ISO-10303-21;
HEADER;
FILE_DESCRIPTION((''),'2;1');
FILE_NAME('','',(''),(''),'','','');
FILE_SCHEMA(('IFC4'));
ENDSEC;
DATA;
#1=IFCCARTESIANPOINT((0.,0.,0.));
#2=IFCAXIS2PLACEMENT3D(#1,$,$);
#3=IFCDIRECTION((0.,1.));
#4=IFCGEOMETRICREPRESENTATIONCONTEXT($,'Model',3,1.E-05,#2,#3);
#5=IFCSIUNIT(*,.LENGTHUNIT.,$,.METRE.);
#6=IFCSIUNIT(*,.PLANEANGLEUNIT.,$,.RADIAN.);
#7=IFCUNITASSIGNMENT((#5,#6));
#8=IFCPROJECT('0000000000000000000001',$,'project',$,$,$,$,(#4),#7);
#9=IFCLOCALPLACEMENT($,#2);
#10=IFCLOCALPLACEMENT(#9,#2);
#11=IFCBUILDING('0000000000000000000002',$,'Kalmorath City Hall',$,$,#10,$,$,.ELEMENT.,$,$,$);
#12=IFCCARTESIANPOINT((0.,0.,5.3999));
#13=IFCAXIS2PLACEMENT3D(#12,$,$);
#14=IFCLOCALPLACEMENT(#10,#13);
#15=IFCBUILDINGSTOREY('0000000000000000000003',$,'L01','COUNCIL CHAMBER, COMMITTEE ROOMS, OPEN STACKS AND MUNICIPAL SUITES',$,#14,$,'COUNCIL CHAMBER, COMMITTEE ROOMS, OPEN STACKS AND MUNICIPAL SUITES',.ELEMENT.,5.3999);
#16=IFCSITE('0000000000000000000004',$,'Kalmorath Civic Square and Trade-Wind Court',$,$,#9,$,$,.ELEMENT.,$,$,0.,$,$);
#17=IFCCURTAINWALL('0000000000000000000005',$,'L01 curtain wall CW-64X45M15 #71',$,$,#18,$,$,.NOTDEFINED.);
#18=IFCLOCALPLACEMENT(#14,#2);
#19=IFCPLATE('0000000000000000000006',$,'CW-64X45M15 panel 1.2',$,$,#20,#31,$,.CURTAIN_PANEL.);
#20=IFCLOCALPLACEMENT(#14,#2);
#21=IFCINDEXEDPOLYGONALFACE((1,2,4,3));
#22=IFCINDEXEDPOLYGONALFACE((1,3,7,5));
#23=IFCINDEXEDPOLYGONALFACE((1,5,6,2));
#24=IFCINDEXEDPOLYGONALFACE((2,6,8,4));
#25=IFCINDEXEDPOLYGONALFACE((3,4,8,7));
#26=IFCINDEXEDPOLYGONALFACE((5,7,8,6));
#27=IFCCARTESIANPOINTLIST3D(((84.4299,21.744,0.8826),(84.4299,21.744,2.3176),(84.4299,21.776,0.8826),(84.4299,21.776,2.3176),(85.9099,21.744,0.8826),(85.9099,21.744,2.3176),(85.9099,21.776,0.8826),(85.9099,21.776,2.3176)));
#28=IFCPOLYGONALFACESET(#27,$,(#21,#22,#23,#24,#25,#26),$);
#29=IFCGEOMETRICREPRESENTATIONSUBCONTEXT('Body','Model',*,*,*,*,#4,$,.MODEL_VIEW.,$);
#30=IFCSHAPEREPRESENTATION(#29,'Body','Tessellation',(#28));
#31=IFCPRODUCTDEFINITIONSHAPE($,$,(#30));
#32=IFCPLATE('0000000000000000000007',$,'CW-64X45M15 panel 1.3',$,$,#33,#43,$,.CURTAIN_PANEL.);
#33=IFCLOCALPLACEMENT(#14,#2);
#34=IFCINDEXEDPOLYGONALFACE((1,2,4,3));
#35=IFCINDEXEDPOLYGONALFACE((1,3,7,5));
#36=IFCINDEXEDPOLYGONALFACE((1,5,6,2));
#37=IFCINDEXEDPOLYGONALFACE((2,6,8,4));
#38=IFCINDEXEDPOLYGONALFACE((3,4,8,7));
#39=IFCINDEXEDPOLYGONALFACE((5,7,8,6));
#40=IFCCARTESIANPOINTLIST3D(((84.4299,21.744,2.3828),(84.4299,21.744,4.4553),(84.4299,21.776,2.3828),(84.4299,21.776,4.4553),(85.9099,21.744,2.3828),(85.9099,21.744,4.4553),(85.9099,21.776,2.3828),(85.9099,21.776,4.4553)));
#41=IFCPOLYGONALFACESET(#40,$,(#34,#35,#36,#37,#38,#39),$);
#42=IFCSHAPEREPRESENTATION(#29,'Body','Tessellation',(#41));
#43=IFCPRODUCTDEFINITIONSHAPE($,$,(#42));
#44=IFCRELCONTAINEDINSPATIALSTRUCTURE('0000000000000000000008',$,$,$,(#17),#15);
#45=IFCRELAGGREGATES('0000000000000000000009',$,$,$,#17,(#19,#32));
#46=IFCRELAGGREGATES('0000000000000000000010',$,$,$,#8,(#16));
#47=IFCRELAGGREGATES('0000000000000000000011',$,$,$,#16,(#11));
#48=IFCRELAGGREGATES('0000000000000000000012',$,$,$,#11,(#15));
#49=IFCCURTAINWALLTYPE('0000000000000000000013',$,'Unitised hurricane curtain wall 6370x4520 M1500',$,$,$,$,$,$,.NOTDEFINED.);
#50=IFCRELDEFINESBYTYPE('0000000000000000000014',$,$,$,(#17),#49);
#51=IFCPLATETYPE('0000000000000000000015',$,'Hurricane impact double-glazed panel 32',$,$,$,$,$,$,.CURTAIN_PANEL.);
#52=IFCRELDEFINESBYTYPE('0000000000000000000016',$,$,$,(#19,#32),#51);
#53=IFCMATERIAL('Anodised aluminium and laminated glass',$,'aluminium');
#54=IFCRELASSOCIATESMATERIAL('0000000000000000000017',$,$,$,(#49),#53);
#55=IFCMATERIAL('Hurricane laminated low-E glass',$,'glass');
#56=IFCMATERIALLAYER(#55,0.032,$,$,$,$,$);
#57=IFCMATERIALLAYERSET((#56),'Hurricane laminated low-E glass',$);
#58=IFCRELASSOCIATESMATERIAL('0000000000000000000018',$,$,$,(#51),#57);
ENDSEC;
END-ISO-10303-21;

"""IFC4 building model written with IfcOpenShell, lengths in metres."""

from ifc_helpers import new_model, si_unit, direction, frame, origin, origin_2d, place, context, subcontext, project, spatial, rectangle, extrude, material, layer, layer_set, type_object, element, aggregate, save


model = new_model("IFC4")

# Units and contexts
model_context = context("Model", 3, precision=1e-05, world=origin(), true_north=direction((0.0, 1.0)))
body_context = subcontext(model_context, "Body", "Model", "MODEL_VIEW")
ifc_project = project(units=[si_unit("LENGTHUNIT", "METRE"), si_unit("PLANEANGLEUNIT", "RADIAN")], contexts=[model_context])

# Site, building, storey
site_placement = place(None, origin())
site = spatial("IfcSite", under=ifc_project, at=site_placement, Name="Kalmorath Civic Square and Trade-Wind Court", CompositionType="ELEMENT", RefElevation=0.0)
building_placement = place(site_placement, origin())
building = spatial("IfcBuilding", under=site, at=building_placement, Name="Kalmorath City Hall", CompositionType="ELEMENT")
storey_placement = place(building_placement, frame((0.0, 0.0, 5.3999)))
storey = spatial("IfcBuildingStorey", under=building, at=storey_placement, Name="L01", Description="COUNCIL CHAMBER, COMMITTEE ROOMS, OPEN STACKS AND MUNICIPAL SUITES", LongName="COUNCIL CHAMBER, COMMITTEE ROOMS, OPEN STACKS AND MUNICIPAL SUITES", CompositionType="ELEMENT", Elevation=5.3999)

# Curtain wall
ifc_material_1 = material(Name="Anodised aluminium and laminated glass", Category="aluminium")
curtain_wall_type_1 = type_object("IfcCurtainWallType", Name="Unitised hurricane curtain wall 6370x4520 M1500", PredefinedType="NOTDEFINED", material=ifc_material_1)
curtain_wall_1_placement = place(storey_placement, origin())
curtain_wall_1 = element("IfcCurtainWall", 1, at=curtain_wall_1_placement, inside=storey, type_object=curtain_wall_type_1, Name="L01 curtain wall CW-64X45M15 #71", PredefinedType="NOTDEFINED")

# Plates
ifc_material_2 = material(Name="Hurricane laminated low-E glass", Category="glass")
ifc_layer = layer(ifc_material_2, 0.032)
ifc_layer_set = layer_set([ifc_layer], Name="Hurricane laminated low-E glass")
plate_type = type_object("IfcPlateType", Name="Hurricane impact double-glazed panel 32", PredefinedType="CURTAIN_PANEL", material=ifc_layer_set)
plate_1_placement = place(storey_placement, frame((85.1699, 21.76, 0.8826), z_axis=(0.0, 0.0, 1.0), x_axis=(-1.0, 0.0, 0.0)))
plate_1 = element("IfcPlate", 2, at=plate_1_placement, type_object=plate_type, Name="CW-64X45M15 panel 1.2", PredefinedType="CURTAIN_PANEL", context=body_context, shape_type="SweptSolid", body=[
    extrude(rectangle(XDim=1.48, YDim=0.032, at=origin_2d()), origin(), (0.0, 0.0, 1.0), 1.4351),
])
plate_2_placement = place(storey_placement, frame((85.1699, 21.76, 2.3828), z_axis=(0.0, 0.0, 1.0), x_axis=(-1.0, 0.0, 0.0)))
plate_2 = element("IfcPlate", 3, at=plate_2_placement, type_object=plate_type, Name="CW-64X45M15 panel 1.3", PredefinedType="CURTAIN_PANEL", context=body_context, shape_type="SweptSolid", body=[
    extrude(rectangle(XDim=1.48, YDim=0.032, at=origin_2d()), origin(), (0.0, 0.0, 1.0), 2.0725),
])
aggregate(curtain_wall_1, [plate_1, plate_2])

save(model, "model.ifc")
